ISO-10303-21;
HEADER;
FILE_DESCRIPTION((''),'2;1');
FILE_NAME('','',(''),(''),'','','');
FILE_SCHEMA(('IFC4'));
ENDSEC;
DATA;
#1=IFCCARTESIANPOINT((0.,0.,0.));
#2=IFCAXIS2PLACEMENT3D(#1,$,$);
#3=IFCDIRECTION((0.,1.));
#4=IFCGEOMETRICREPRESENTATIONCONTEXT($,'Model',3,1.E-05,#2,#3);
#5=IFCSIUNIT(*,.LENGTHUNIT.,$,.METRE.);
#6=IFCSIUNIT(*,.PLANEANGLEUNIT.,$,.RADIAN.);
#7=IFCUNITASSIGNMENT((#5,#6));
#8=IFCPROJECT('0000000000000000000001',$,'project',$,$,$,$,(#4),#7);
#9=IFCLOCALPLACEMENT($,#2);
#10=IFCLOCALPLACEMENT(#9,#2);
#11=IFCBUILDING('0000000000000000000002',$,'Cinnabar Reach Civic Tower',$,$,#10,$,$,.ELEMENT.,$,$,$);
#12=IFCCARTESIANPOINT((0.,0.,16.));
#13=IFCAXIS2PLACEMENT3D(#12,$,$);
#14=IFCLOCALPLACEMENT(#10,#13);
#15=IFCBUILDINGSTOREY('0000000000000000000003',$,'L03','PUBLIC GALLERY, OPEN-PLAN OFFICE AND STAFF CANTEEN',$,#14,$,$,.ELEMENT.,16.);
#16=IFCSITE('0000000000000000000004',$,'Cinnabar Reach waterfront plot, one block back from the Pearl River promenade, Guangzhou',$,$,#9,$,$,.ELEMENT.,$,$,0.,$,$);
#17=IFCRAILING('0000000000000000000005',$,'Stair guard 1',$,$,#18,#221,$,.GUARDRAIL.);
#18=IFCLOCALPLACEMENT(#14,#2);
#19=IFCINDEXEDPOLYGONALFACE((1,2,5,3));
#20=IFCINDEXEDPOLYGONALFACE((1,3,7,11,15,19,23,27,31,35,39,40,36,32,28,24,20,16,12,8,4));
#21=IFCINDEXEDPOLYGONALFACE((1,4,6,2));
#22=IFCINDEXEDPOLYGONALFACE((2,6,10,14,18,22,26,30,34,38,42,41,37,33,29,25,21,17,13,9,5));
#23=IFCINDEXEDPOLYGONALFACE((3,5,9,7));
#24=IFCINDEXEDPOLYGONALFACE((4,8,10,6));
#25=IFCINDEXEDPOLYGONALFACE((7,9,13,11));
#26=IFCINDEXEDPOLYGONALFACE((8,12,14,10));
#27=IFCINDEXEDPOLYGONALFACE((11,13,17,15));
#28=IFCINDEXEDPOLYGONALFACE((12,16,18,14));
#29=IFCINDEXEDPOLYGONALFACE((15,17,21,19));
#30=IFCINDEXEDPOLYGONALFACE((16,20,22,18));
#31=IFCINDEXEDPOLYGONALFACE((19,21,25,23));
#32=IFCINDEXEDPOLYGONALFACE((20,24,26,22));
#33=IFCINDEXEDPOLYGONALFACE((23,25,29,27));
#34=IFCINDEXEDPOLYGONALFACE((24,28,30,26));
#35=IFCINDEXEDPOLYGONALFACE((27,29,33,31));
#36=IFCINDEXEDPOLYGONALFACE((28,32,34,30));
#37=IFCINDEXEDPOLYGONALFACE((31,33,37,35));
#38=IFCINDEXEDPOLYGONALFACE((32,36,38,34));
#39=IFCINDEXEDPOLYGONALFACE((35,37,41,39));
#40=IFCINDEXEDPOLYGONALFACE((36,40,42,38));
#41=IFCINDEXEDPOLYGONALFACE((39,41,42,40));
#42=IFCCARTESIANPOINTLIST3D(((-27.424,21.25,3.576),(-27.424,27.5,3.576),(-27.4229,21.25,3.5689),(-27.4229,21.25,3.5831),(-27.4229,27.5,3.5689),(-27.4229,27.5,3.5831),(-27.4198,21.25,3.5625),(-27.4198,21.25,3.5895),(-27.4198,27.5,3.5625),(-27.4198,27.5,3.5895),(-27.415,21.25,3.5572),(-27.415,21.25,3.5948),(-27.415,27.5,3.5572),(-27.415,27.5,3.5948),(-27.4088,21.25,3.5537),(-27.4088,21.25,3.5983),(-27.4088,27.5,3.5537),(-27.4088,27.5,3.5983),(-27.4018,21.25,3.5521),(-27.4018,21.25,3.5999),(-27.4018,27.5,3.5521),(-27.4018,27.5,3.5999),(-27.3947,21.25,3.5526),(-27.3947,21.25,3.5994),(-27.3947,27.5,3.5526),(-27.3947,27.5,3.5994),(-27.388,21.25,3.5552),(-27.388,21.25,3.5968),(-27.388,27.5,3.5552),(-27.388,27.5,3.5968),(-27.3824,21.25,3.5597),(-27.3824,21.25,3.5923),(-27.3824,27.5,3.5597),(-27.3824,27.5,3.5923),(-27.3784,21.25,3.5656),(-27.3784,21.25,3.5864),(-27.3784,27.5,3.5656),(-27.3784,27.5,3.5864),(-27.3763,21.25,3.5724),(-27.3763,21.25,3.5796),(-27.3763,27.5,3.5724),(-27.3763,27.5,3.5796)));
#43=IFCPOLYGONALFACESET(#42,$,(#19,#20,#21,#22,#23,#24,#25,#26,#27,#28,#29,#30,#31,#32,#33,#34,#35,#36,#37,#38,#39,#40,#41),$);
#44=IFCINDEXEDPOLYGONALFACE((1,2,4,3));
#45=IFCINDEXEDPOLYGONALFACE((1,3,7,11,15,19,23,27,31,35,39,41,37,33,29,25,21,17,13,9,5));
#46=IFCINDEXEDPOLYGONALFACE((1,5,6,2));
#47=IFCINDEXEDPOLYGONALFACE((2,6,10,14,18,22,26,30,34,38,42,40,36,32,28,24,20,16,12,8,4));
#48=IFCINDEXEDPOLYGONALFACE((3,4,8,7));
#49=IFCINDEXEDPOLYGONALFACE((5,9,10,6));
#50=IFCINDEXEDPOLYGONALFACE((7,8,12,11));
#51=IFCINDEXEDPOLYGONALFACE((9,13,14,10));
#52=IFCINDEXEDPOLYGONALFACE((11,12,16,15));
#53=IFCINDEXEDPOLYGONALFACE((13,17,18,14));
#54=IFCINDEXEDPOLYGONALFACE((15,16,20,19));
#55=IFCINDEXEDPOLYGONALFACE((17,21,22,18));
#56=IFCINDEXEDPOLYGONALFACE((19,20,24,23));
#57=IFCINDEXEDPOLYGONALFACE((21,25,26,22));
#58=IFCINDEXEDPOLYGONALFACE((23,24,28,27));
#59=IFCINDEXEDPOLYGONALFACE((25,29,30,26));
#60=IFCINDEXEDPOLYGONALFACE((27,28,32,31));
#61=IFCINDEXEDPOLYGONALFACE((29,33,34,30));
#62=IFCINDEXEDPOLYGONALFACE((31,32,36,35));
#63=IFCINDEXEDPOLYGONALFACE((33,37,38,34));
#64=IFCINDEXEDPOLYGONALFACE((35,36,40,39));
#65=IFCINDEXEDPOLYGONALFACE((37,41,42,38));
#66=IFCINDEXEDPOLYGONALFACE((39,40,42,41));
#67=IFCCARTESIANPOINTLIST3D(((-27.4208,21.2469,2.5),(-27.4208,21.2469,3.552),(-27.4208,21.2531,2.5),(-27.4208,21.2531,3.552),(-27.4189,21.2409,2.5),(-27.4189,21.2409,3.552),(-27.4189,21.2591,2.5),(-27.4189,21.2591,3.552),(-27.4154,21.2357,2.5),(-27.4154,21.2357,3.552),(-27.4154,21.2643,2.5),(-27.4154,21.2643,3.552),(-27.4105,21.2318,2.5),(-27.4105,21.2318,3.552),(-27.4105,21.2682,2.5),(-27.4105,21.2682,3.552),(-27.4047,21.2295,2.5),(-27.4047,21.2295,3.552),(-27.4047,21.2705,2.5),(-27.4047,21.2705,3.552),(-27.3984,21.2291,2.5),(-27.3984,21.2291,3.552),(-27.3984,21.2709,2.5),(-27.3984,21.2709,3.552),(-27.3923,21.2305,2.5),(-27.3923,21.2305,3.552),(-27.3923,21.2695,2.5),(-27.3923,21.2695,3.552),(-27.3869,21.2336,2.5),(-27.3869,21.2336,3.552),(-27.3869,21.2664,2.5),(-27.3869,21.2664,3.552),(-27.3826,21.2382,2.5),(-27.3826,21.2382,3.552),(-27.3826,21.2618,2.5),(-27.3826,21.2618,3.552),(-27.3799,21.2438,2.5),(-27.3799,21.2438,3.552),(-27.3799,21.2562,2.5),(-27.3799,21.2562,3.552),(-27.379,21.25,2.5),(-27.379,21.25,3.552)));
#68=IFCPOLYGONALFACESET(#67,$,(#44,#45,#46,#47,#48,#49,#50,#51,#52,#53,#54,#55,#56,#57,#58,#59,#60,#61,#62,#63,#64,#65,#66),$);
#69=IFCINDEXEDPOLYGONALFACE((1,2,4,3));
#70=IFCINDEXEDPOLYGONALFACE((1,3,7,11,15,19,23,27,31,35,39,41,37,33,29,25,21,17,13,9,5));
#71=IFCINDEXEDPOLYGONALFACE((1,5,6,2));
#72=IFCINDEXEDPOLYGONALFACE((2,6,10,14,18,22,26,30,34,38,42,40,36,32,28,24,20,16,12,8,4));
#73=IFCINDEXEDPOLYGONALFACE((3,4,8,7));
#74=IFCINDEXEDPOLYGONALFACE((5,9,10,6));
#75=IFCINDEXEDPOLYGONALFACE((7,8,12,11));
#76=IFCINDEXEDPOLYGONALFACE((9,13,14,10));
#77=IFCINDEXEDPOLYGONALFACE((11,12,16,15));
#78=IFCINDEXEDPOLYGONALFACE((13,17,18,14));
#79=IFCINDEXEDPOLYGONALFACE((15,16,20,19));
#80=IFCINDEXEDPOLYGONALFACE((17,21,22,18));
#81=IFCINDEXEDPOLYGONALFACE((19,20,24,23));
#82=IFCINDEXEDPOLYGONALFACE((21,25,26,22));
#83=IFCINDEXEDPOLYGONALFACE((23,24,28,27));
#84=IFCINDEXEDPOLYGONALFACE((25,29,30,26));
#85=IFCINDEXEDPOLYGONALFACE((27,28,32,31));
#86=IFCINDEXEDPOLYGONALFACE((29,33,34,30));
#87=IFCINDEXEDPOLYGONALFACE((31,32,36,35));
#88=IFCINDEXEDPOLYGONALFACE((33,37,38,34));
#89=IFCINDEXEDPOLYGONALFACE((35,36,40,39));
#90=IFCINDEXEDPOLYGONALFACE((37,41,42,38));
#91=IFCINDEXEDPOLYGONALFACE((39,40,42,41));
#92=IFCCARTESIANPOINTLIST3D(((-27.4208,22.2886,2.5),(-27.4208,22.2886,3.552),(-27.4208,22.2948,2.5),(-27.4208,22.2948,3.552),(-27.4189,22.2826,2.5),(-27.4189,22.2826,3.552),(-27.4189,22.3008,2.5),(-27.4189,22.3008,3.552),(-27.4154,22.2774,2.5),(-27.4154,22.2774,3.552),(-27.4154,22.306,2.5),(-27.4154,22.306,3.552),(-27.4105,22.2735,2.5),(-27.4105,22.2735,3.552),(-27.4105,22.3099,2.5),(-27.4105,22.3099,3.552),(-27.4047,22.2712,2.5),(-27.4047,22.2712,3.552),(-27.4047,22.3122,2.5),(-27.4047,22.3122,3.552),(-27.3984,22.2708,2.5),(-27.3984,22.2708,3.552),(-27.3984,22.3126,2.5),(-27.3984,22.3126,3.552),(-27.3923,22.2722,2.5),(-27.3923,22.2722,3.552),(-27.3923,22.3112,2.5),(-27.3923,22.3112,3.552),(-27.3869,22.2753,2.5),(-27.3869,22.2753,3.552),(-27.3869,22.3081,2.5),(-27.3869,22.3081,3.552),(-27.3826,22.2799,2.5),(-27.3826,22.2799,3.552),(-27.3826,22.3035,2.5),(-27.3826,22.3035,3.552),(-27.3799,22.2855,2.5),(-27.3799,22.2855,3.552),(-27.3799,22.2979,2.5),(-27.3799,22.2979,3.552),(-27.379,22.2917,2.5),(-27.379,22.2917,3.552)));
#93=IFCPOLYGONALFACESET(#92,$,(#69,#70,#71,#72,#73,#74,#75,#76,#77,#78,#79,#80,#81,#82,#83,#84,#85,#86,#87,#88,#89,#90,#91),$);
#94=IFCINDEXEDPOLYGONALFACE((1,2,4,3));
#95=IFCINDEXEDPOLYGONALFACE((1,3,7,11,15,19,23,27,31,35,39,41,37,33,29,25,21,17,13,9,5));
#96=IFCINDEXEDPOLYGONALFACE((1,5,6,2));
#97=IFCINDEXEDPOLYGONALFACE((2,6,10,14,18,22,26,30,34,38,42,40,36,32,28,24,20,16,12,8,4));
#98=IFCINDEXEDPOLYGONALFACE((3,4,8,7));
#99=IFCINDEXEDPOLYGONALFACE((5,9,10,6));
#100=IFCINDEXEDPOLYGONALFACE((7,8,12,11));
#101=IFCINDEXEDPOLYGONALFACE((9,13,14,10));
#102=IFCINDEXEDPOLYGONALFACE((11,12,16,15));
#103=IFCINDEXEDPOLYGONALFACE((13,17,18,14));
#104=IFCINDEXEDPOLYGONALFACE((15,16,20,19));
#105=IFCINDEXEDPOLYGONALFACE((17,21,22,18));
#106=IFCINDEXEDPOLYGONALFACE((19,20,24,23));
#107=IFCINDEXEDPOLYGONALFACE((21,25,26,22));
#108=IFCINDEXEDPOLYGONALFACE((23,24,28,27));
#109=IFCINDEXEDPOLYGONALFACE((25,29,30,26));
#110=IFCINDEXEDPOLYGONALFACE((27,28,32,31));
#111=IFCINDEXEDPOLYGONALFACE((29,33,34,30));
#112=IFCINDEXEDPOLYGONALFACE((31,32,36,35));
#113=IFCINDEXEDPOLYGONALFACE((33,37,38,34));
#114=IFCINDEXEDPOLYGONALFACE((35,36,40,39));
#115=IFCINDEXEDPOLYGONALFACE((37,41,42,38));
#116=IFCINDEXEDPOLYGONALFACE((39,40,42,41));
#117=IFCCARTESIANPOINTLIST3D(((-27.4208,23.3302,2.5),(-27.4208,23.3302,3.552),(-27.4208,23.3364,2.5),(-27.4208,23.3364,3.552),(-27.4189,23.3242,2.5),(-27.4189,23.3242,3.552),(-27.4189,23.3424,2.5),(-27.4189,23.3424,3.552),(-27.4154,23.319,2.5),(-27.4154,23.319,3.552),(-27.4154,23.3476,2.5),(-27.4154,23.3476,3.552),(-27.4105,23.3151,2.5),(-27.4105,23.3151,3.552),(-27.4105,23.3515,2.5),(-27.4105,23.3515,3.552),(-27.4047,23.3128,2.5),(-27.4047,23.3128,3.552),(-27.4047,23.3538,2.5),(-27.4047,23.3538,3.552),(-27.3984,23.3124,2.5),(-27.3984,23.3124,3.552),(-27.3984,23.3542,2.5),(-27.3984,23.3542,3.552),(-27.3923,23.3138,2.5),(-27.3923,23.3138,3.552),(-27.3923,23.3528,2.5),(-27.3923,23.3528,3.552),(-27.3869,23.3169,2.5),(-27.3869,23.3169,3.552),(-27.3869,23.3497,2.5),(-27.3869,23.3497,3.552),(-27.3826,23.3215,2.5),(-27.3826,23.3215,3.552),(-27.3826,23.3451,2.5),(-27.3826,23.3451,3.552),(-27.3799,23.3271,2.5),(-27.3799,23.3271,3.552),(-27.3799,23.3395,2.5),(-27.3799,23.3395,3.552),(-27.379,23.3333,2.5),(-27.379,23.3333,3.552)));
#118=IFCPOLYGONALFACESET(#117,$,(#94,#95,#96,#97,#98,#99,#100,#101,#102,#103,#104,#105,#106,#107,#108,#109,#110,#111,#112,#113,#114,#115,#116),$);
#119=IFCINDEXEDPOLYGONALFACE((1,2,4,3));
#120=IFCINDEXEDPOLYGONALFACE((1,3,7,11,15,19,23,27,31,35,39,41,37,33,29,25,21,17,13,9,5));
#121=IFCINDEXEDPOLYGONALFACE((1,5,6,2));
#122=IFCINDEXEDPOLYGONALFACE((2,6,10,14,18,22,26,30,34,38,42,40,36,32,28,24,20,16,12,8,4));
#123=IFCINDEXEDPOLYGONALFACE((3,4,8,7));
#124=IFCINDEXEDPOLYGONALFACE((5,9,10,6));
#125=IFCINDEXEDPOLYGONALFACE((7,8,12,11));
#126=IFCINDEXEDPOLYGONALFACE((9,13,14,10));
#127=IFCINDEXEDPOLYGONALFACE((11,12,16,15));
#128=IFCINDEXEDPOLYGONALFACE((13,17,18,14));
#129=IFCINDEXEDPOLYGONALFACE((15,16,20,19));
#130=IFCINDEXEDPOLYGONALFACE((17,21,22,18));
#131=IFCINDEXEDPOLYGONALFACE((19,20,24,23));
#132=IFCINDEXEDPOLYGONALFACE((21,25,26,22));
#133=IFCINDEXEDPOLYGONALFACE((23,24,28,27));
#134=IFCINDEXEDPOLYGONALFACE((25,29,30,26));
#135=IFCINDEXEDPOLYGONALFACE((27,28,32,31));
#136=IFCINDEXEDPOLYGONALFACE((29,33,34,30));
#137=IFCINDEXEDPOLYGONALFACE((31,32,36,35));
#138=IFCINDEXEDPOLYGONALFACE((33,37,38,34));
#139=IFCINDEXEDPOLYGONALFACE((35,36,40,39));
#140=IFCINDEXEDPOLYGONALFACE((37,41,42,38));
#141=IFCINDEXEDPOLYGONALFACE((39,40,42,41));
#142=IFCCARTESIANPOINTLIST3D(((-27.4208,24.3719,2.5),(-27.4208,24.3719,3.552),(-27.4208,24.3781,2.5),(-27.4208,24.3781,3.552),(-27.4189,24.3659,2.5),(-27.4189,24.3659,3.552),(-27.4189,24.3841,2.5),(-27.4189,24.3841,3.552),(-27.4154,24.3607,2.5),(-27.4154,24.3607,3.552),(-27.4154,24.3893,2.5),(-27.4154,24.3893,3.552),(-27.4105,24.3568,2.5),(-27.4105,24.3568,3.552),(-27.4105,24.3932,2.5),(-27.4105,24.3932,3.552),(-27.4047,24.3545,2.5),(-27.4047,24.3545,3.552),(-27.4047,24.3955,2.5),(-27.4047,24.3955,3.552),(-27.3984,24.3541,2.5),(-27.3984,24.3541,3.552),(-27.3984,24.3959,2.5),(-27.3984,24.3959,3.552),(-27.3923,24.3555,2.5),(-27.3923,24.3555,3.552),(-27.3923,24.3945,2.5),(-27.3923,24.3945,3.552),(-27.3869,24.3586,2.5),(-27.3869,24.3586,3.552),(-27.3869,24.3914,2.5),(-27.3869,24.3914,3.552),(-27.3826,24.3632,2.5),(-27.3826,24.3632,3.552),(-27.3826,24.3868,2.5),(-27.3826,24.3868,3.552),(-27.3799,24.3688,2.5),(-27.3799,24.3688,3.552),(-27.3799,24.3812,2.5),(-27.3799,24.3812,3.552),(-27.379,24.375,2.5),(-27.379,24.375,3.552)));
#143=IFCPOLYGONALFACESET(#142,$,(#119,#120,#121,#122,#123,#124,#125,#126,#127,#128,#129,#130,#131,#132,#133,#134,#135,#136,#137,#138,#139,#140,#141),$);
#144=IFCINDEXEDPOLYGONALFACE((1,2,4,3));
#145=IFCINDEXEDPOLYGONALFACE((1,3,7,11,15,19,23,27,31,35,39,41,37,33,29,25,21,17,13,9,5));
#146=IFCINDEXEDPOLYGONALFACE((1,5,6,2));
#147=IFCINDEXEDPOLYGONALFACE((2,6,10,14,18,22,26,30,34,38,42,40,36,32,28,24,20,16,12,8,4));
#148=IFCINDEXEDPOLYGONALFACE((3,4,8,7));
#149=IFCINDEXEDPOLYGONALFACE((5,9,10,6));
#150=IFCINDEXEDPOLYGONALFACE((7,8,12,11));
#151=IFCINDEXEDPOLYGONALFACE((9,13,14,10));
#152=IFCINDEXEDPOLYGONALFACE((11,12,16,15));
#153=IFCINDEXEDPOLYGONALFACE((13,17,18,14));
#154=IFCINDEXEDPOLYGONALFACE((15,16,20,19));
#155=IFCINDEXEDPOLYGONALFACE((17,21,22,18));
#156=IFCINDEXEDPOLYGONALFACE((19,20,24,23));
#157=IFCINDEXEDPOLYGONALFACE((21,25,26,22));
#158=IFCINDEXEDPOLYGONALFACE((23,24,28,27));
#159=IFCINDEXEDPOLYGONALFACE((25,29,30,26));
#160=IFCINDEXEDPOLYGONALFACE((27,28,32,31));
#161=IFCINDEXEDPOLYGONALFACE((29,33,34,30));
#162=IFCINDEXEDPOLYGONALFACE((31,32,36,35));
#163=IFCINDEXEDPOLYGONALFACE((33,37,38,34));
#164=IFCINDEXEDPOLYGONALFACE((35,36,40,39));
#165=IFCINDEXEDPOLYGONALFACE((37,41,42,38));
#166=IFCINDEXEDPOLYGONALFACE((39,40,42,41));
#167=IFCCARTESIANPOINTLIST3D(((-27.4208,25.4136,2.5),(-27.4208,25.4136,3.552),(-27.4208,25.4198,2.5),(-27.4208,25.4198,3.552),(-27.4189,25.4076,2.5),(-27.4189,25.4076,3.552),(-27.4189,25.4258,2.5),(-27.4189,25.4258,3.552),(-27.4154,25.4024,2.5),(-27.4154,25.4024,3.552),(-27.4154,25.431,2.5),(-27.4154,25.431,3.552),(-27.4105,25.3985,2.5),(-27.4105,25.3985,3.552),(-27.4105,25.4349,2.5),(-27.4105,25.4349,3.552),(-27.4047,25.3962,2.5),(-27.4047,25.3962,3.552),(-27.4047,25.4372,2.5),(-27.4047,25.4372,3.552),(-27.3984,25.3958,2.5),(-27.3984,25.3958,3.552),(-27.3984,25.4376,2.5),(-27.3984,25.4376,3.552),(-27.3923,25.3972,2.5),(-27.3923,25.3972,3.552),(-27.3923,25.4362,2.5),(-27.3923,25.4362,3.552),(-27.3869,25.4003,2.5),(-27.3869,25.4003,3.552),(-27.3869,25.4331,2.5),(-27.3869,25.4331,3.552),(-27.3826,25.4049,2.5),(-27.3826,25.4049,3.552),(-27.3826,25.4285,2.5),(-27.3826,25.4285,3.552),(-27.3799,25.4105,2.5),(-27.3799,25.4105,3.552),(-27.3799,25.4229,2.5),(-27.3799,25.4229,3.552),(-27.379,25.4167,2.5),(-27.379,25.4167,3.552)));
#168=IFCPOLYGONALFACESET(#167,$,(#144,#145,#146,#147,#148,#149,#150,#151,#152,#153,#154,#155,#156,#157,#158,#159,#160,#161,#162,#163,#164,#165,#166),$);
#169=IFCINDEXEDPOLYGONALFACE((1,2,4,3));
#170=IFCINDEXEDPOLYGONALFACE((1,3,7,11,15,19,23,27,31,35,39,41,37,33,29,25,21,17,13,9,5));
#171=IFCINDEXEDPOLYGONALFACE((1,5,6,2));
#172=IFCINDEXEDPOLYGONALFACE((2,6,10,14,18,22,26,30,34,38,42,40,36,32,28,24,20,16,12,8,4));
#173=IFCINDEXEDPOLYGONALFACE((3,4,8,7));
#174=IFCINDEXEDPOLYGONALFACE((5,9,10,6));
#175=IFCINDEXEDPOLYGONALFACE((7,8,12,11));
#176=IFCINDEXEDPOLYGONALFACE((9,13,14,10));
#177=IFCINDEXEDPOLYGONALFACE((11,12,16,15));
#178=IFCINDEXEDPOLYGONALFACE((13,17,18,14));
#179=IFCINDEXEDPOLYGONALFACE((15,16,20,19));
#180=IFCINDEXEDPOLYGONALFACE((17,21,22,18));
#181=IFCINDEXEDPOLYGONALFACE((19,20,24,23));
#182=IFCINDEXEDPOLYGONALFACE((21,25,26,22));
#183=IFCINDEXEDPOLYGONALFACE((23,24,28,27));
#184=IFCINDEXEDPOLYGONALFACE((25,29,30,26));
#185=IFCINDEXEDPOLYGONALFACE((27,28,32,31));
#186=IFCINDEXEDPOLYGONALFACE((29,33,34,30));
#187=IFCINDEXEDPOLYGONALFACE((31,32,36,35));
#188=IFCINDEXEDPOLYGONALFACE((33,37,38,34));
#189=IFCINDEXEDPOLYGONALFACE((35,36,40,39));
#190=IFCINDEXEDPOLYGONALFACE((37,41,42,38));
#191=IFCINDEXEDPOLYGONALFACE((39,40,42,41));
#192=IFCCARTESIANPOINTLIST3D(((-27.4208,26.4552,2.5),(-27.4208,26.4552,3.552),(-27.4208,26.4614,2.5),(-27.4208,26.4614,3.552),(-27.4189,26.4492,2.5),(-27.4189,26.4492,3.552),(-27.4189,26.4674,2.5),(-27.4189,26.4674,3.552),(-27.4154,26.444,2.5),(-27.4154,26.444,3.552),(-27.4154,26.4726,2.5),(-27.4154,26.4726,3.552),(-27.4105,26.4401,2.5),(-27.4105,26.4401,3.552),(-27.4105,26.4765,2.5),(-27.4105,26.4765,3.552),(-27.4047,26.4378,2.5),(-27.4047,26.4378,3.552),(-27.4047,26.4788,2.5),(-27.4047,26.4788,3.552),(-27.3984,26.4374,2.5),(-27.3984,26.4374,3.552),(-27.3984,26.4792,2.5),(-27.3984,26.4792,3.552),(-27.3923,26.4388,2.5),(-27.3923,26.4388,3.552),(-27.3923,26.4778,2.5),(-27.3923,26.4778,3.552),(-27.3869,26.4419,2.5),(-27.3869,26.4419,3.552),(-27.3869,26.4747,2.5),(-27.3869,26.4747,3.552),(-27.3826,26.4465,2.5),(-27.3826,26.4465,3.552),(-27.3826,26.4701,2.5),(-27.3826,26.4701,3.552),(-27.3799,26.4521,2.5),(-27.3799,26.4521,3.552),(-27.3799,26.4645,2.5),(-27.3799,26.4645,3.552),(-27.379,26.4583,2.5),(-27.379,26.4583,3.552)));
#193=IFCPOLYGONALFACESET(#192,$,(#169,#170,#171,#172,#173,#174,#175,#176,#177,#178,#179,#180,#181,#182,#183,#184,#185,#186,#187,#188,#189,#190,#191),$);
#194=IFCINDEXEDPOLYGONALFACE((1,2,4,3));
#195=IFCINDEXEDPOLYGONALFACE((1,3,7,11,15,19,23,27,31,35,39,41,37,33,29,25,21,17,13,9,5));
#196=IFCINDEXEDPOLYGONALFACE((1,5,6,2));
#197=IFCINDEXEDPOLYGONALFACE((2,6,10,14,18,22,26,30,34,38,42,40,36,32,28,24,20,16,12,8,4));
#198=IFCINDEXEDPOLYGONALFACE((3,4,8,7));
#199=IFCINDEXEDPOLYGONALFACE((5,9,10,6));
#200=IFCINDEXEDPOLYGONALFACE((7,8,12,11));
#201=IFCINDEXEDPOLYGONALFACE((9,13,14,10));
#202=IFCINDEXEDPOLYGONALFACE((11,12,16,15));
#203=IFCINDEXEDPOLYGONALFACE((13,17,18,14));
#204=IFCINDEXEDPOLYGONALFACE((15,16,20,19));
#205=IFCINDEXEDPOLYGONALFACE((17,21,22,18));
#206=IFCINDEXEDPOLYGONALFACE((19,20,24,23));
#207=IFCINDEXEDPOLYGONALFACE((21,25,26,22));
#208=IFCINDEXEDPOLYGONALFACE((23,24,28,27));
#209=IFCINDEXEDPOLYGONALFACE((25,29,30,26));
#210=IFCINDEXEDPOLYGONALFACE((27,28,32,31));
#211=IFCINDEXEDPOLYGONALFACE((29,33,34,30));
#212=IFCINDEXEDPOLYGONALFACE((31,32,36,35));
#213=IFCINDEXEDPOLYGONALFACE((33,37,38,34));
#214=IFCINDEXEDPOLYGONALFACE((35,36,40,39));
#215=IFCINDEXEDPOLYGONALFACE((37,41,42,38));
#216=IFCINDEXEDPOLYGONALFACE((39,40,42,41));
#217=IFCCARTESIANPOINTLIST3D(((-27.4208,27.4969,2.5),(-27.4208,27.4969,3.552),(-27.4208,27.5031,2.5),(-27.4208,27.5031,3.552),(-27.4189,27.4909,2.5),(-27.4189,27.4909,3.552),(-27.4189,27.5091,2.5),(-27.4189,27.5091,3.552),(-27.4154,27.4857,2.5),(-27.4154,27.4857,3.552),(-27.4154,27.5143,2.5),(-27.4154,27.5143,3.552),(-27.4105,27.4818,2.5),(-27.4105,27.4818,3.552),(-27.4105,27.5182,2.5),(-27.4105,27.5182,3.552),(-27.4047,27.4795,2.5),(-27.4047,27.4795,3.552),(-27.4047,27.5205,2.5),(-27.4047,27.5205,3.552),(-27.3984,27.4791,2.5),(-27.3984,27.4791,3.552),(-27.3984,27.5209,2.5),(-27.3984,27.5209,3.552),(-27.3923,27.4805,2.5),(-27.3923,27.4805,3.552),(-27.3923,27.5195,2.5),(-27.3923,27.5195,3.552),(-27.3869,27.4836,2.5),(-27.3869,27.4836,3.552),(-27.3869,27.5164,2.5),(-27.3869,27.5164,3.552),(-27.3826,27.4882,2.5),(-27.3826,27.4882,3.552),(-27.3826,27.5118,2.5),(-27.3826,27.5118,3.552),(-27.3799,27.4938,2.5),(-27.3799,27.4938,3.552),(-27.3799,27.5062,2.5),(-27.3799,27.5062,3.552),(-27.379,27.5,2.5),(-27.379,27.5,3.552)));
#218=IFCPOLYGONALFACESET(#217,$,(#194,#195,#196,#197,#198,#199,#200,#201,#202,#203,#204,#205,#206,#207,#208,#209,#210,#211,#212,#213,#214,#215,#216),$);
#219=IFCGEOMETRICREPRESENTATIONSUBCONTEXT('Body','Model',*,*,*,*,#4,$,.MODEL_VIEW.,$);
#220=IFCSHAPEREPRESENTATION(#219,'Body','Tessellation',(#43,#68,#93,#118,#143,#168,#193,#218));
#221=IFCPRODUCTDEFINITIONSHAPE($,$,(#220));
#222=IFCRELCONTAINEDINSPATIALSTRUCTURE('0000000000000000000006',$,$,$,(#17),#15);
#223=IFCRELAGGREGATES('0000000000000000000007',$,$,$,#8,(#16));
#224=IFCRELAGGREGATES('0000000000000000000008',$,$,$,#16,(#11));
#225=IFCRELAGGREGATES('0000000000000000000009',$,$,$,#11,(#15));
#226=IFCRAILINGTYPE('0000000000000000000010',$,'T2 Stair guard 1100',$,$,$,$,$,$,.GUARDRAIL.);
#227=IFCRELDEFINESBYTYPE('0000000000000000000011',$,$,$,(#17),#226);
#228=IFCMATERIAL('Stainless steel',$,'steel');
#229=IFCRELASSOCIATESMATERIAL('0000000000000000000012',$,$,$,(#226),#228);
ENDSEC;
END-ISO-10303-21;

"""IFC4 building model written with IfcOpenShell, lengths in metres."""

from ifc_helpers import new_model, si_unit, direction, frame, origin, origin_2d, place, context, subcontext, project, spatial, circle, extrude, material, type_object, element, save


model = new_model("IFC4")

# Units and contexts
model_context = context("Model", 3, precision=1e-05, world=origin(), true_north=direction((0.0, 1.0)))
body_context = subcontext(model_context, "Body", "Model", "MODEL_VIEW")
ifc_project = project(units=[si_unit("LENGTHUNIT", "METRE"), si_unit("PLANEANGLEUNIT", "RADIAN")], contexts=[model_context])

# Site, building, storey
site_placement = place(None, origin())
site = spatial("IfcSite", under=ifc_project, at=site_placement, Name="Cinnabar Reach waterfront plot, one block back from the Pearl River promenade, Guangzhou", CompositionType="ELEMENT", RefElevation=0.0)
building_placement = place(site_placement, origin())
building = spatial("IfcBuilding", under=site, at=building_placement, Name="Cinnabar Reach Civic Tower", CompositionType="ELEMENT")
storey_placement = place(building_placement, frame((0.0, 0.0, 16.0)))
storey = spatial("IfcBuildingStorey", under=building, at=storey_placement, Name="L03", Description="PUBLIC GALLERY, OPEN-PLAN OFFICE AND STAFF CANTEEN", CompositionType="ELEMENT", Elevation=16.0)

# Railing
ifc_material_1 = material(Name="Stainless steel", Category="steel")
railing_type = type_object("IfcRailingType", Name="T2 Stair guard 1100", PredefinedType="GUARDRAIL", material=ifc_material_1)
for number, where, name in (
    (1, (-27.4, 21.25, 2.5), "Stair guard 1"),
):
    element("IfcRailing", number, at=place(storey_placement, frame(where)), inside=storey, type_object=railing_type, Name=name, PredefinedType="GUARDRAIL", context=body_context, shape_type="SweptSolid", body=[
        extrude(circle(Radius=0.024, at=origin_2d()), frame((0.0, 0.0, 1.076), z_axis=(0.0, 1.0, 0.0), x_axis=(-1.0, 0.0, 0.0)), (0.0, 0.0, 1.0), 6.25),
        extrude(circle(Radius=0.021, at=origin_2d()), origin(), (0.0, 0.0, 1.0), 1.052),
        extrude(circle(Radius=0.021, at=origin_2d()), frame((0.0, 1.0417, 0.0)), (0.0, 0.0, 1.0), 1.052),
        extrude(circle(Radius=0.021, at=origin_2d()), frame((0.0, 2.0833, 0.0)), (0.0, 0.0, 1.0), 1.052),
        extrude(circle(Radius=0.021, at=origin_2d()), frame((0.0, 3.125, 0.0)), (0.0, 0.0, 1.0), 1.052),
        extrude(circle(Radius=0.021, at=origin_2d()), frame((0.0, 4.1667, 0.0)), (0.0, 0.0, 1.0), 1.052),
        extrude(circle(Radius=0.021, at=origin_2d()), frame((0.0, 5.2083, 0.0)), (0.0, 0.0, 1.0), 1.052),
        extrude(circle(Radius=0.021, at=origin_2d()), frame((0.0, 6.25, 0.0)), (0.0, 0.0, 1.0), 1.052),
    ])

save(model, "model.ifc")
